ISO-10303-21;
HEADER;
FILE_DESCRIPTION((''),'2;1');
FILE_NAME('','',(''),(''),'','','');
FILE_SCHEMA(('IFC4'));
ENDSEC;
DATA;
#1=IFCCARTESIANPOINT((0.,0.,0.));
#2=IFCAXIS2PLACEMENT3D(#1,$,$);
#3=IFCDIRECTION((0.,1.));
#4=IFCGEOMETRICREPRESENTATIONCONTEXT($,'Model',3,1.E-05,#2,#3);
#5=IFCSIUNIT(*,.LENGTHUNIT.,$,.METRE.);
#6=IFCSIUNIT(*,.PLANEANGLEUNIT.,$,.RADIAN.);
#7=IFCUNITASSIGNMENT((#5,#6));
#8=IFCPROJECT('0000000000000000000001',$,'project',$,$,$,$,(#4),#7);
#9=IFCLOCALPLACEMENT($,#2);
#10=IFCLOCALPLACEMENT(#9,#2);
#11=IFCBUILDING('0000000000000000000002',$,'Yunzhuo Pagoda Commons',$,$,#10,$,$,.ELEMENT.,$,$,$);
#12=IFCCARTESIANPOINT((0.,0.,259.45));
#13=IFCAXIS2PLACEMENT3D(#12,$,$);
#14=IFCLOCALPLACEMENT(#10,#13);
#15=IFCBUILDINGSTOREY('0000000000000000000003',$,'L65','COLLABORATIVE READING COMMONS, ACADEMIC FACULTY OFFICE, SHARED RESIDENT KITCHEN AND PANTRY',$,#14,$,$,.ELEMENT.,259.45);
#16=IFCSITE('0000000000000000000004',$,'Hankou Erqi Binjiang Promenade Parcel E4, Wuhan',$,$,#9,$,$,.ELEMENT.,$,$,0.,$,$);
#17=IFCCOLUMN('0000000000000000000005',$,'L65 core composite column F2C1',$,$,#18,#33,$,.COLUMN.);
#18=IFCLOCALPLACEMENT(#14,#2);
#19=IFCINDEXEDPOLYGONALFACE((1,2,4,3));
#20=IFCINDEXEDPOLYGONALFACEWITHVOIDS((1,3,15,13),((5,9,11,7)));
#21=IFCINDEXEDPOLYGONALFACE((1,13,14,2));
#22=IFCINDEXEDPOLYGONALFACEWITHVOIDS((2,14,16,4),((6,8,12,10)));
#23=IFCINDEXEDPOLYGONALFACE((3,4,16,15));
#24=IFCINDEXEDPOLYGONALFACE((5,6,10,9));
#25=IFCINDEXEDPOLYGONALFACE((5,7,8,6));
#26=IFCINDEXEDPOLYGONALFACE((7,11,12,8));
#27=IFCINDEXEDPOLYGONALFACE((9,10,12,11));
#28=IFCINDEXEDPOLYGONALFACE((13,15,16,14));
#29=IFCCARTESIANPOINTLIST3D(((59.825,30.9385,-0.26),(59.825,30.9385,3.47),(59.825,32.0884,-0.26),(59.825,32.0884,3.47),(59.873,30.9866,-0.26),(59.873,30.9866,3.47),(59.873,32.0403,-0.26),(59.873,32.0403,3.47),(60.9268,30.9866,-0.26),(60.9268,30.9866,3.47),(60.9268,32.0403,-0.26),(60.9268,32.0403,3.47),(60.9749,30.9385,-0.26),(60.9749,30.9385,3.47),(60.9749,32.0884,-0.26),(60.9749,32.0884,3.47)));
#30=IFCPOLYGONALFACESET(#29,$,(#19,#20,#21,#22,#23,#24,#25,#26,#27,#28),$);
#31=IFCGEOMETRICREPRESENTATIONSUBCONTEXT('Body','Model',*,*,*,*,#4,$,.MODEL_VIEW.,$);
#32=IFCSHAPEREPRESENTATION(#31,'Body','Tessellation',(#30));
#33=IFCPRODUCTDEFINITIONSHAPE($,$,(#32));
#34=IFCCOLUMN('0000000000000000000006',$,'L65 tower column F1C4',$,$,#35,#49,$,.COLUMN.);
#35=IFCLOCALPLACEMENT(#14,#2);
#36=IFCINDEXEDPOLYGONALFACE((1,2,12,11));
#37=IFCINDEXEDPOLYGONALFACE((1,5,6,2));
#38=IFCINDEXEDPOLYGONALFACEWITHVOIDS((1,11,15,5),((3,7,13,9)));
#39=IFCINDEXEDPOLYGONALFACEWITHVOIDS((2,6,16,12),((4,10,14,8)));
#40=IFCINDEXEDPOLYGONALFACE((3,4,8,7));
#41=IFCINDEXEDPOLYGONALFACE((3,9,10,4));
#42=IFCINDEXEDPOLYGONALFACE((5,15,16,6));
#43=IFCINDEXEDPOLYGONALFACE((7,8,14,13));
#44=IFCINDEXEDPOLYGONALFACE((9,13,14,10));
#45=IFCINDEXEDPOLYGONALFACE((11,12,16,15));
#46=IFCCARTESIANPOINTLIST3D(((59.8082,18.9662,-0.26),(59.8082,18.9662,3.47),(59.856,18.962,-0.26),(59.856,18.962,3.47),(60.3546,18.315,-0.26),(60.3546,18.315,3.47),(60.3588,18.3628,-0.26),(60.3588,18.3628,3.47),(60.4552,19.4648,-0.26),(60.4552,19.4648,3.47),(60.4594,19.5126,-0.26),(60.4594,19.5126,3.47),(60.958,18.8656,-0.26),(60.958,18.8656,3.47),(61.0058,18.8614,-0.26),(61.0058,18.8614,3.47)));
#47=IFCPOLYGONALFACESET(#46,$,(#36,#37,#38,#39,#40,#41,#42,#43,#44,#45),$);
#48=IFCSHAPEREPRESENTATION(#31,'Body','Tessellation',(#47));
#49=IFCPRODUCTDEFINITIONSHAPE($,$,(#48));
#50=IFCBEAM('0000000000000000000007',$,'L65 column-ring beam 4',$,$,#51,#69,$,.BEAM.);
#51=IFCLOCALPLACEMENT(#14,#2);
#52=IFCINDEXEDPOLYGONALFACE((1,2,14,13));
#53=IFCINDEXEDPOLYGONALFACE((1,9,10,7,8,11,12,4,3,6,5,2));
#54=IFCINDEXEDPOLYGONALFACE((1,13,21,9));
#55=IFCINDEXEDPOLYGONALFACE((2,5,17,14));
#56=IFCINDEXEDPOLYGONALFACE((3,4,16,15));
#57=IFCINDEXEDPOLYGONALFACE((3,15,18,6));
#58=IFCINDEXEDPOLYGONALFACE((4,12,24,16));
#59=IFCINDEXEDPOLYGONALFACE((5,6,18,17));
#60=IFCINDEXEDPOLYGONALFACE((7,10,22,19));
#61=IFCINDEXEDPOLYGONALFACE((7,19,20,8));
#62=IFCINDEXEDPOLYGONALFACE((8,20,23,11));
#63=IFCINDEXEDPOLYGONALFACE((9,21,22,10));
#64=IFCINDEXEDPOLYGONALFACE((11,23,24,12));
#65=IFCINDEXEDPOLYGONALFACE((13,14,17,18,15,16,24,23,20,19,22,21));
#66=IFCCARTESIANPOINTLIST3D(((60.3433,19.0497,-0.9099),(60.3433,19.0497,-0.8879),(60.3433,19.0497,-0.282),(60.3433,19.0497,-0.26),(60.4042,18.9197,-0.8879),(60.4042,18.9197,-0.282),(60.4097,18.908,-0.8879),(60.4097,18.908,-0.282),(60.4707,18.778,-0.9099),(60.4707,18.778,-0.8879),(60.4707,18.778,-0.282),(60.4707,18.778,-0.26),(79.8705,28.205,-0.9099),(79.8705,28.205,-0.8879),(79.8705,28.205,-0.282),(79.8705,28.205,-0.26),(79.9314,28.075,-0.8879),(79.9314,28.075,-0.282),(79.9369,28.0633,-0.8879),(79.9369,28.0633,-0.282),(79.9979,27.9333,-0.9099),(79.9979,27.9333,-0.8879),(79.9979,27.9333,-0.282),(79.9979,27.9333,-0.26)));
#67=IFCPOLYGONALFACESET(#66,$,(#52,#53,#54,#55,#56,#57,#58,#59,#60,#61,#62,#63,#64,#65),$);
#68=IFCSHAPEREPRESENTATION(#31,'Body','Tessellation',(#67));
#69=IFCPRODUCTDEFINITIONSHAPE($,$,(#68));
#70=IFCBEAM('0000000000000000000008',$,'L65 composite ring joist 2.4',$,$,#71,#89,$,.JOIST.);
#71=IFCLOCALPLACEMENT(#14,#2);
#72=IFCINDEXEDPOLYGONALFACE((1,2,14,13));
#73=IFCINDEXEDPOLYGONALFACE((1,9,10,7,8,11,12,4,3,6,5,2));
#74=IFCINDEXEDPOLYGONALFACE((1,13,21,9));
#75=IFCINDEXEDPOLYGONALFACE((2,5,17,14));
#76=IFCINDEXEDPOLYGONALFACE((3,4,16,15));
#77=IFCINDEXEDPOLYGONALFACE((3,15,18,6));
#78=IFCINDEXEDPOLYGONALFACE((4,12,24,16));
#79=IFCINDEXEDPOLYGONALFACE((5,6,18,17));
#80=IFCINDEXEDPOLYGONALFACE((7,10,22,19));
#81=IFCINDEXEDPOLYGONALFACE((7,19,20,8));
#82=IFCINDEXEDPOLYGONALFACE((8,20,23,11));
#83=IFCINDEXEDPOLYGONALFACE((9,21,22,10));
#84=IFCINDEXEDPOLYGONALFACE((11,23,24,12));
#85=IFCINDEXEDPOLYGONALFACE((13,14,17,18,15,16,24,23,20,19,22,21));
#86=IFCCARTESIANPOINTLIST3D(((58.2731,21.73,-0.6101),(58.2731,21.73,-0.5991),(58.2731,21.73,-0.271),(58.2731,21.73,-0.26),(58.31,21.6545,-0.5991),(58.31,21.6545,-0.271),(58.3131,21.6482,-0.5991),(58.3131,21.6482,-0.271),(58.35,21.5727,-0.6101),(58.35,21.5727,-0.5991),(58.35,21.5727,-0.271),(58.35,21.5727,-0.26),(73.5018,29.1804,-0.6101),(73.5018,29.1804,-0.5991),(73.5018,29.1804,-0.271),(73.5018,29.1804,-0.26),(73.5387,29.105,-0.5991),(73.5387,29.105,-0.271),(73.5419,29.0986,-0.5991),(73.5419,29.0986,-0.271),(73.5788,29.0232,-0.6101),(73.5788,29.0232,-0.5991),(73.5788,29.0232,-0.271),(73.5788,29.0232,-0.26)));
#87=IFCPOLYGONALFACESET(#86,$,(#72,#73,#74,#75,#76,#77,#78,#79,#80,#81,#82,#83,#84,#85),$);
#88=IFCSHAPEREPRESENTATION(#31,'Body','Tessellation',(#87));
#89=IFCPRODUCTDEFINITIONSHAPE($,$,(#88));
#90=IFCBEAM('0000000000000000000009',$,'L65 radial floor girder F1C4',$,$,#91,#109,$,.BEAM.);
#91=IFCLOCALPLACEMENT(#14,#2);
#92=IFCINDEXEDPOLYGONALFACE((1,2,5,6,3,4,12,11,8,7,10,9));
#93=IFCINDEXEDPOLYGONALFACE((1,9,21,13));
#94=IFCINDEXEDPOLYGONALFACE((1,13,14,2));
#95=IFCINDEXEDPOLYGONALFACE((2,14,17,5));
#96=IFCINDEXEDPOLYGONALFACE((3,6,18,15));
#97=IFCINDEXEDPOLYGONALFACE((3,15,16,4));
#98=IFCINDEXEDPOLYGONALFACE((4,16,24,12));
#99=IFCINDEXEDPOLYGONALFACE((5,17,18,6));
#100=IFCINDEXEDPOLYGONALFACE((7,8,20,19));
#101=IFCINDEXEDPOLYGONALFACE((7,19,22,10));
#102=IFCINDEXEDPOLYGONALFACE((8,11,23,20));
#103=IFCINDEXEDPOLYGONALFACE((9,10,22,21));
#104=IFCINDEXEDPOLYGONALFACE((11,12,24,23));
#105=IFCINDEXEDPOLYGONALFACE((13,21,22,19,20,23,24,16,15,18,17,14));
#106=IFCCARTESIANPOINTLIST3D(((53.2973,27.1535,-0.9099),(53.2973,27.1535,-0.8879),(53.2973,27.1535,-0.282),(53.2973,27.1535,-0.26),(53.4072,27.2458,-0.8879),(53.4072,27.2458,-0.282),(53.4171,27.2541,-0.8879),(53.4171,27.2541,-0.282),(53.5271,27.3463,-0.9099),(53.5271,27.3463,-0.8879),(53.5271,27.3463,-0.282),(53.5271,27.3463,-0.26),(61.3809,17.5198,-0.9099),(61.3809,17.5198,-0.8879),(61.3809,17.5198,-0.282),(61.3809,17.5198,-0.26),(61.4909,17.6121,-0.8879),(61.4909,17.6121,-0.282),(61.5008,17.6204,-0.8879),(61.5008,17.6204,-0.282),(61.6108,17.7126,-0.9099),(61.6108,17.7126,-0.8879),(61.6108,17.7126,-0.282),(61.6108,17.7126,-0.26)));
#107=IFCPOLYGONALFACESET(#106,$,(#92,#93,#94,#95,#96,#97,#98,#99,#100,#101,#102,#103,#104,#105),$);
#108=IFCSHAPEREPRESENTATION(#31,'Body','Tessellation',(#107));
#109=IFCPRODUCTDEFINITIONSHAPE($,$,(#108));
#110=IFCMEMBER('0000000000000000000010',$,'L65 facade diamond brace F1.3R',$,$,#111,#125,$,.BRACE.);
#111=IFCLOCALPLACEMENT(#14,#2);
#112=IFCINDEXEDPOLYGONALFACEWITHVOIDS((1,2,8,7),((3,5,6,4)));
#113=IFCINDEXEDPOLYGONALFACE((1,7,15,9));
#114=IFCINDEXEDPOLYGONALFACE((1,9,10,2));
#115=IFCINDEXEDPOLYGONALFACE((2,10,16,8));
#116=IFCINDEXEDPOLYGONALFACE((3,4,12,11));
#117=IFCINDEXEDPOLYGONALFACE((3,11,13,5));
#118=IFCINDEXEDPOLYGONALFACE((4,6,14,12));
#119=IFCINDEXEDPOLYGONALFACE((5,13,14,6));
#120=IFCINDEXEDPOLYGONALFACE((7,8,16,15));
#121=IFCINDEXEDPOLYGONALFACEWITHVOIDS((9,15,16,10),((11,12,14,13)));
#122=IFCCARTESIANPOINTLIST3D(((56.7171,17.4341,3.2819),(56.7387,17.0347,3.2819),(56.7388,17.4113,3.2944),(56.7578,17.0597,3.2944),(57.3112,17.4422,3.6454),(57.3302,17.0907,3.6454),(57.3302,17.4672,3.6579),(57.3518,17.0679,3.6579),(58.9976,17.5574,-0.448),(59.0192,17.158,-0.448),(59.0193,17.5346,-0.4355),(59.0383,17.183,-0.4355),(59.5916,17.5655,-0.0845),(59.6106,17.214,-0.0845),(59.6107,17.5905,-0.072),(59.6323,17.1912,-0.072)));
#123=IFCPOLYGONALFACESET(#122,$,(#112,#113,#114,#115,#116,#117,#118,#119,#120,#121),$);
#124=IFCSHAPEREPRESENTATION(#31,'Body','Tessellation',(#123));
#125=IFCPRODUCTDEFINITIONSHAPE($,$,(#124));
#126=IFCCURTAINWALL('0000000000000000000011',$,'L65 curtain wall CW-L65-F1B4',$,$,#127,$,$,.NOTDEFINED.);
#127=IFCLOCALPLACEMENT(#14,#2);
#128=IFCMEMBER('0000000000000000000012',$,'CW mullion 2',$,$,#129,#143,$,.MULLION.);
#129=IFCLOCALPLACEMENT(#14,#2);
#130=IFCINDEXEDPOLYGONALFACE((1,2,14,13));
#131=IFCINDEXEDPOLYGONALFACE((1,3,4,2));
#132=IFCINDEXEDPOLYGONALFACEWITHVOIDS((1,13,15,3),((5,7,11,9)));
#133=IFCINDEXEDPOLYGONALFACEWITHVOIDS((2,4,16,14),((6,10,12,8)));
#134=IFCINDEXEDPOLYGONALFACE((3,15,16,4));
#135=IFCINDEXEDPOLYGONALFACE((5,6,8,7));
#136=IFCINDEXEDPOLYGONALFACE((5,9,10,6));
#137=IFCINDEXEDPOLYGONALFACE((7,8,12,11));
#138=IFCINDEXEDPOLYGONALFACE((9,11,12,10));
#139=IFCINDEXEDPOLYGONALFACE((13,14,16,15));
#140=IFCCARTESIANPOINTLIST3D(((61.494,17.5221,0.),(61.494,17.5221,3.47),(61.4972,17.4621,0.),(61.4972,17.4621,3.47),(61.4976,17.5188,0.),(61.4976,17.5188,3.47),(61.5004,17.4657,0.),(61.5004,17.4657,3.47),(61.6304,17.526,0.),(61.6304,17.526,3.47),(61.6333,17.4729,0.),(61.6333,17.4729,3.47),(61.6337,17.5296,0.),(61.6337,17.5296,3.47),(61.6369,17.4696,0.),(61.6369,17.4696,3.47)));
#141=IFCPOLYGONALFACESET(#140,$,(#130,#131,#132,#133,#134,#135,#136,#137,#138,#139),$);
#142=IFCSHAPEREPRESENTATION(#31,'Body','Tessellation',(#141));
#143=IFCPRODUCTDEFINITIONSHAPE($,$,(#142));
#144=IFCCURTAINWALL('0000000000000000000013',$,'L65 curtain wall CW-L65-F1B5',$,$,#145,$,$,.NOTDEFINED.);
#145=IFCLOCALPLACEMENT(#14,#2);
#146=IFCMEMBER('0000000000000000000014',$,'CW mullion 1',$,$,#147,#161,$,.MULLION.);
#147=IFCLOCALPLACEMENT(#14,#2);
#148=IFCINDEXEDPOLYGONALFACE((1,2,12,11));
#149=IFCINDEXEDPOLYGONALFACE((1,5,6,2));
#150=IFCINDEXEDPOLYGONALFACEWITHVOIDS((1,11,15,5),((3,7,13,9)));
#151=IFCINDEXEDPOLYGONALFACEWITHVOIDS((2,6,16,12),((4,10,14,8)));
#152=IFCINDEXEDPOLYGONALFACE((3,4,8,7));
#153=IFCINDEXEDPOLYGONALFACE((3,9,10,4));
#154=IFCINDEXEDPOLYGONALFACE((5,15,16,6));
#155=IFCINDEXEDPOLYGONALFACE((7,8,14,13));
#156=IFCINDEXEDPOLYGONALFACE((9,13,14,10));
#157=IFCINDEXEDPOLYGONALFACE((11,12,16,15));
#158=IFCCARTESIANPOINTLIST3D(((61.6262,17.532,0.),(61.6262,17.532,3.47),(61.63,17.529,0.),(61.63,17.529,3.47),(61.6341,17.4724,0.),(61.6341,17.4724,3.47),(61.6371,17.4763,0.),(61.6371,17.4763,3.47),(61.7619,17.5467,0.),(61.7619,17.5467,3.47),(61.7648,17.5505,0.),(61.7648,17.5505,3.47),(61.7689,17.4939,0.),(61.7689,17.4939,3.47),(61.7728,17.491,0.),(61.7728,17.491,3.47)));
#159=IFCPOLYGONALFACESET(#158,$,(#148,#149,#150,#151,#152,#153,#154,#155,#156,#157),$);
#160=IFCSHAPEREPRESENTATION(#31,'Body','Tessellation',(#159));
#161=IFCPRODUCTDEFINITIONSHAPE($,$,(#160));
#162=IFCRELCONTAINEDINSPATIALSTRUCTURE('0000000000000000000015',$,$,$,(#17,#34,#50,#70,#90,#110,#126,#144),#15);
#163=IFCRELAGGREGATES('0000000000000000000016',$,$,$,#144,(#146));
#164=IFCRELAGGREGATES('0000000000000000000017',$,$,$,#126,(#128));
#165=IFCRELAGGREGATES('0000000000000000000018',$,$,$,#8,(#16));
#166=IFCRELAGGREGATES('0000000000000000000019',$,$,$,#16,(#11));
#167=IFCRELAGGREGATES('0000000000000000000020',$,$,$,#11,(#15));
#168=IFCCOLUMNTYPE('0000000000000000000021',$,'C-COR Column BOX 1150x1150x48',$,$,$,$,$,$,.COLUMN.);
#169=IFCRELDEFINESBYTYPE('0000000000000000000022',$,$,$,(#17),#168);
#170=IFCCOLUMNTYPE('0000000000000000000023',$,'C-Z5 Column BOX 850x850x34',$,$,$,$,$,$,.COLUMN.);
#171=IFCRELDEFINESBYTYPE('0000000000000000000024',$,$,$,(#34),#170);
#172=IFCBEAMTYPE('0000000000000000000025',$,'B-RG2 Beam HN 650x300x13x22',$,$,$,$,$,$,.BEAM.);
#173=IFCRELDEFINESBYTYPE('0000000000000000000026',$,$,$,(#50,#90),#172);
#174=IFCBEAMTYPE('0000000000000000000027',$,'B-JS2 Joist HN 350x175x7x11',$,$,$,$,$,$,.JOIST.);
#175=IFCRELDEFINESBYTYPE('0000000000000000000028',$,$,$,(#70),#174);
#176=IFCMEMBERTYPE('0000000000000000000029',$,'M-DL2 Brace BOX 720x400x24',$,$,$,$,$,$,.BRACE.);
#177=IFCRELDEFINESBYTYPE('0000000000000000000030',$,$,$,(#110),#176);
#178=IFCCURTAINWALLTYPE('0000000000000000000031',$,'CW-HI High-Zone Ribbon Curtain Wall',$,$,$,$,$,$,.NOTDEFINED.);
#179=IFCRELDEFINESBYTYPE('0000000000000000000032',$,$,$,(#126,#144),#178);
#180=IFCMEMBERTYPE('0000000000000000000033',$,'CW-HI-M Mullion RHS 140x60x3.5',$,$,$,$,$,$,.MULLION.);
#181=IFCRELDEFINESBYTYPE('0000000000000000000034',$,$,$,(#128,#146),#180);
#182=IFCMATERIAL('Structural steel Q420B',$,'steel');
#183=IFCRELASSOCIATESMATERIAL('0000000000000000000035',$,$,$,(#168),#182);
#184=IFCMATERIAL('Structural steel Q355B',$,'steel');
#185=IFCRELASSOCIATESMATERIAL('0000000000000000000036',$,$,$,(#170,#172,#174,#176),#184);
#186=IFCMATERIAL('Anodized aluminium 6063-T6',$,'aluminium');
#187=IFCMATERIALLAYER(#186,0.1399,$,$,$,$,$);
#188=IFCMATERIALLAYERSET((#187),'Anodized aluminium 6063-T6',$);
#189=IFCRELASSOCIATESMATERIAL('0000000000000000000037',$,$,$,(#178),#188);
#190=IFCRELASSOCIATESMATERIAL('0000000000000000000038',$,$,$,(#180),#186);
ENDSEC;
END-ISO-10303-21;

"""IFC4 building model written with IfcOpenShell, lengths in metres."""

from ifc_helpers import new_model, si_unit, direction, frame, origin, origin_2d, place, context, subcontext, project, spatial, hollow_rectangle, i_section, extrude, source, transform, mapped, material, layer, layer_set, material_profile, profile_set, type_object, element, aggregate, save


model = new_model("IFC4")

# Units and contexts
model_context = context("Model", 3, precision=1e-05, world=origin(), true_north=direction((0.0, 1.0)))
body_context = subcontext(model_context, "Body", "Model", "MODEL_VIEW")
ifc_project = project(units=[si_unit("LENGTHUNIT", "METRE"), si_unit("PLANEANGLEUNIT", "RADIAN")], contexts=[model_context])

# Site, building, storey
site_placement = place(None, origin())
site = spatial("IfcSite", under=ifc_project, at=site_placement, Name="Hankou Erqi Binjiang Promenade Parcel E4, Wuhan", CompositionType="ELEMENT", RefElevation=0.0)
building_placement = place(site_placement, origin())
building = spatial("IfcBuilding", under=site, at=building_placement, Name="Yunzhuo Pagoda Commons", CompositionType="ELEMENT")
storey_placement = place(building_placement, frame((0.0, 0.0, 259.45)))
storey = spatial("IfcBuildingStorey", under=building, at=storey_placement, Name="L65", Description="COLLABORATIVE READING COMMONS, ACADEMIC FACULTY OFFICE, SHARED RESIDENT KITCHEN AND PANTRY", CompositionType="ELEMENT", Elevation=259.45)

# Columns
ifc_material_1 = material(Name="Structural steel Q420B", Category="steel")
ifc_material_profile_1 = material_profile(ifc_material_1, hollow_rectangle(XDim=1.1499, YDim=1.1499, WallThickness=0.0481, at=origin_2d()), Name="Structural steel Q420B")
ifc_profile_set_1 = profile_set([ifc_material_profile_1], Name="Structural steel Q420B")
column_type_1 = type_object("IfcColumnType", Name="C-COR Column BOX 1150x1150x48", PredefinedType="COLUMN", material=ifc_profile_set_1)
shared_shape_1 = source(origin(), body_context, "Body", "SweptSolid", [
    extrude(hollow_rectangle(XDim=1.1499, YDim=1.1499, WallThickness=0.0481, at=origin_2d()), origin(), (0.0, 0.0, 1.0), 3.73),
])
column_1_placement = place(storey_placement, frame((60.3999, 31.5134, -0.26), z_axis=(0.0, 0.0, 1.0), x_axis=(1.0, 0.0, 0.0)))
element("IfcColumn", 1, at=column_1_placement, inside=storey, type_object=column_type_1, Name="L65 core composite column F2C1", PredefinedType="COLUMN", context=body_context, shape_type="MappedRepresentation", body=[
    mapped(shared_shape_1, transform((0.0, 0.0, 0.0), scale=1.0)),
])
ifc_material_2 = material(Name="Structural steel Q355B", Category="steel")
ifc_material_profile_2 = material_profile(ifc_material_2, hollow_rectangle(XDim=0.8501, YDim=0.8501, WallThickness=0.0339, at=origin_2d()), Name="Structural steel Q355B")
ifc_profile_set_2 = profile_set([ifc_material_profile_2], Name="Structural steel Q355B")
column_type_2 = type_object("IfcColumnType", Name="C-Z5 Column BOX 850x850x34", PredefinedType="COLUMN", material=ifc_profile_set_2)
shared_shape_2 = source(origin(), body_context, "Body", "SweptSolid", [
    extrude(hollow_rectangle(XDim=0.8501, YDim=0.8501, WallThickness=0.0339, at=origin_2d()), origin(), (0.0, 0.0, 1.0), 3.73),
])
column_2_placement = place(storey_placement, frame((60.407, 18.9138, -0.26), z_axis=(0.0, 0.0, 1.0), x_axis=(0.766044, 0.642788, 0.0)))
element("IfcColumn", 2, at=column_2_placement, inside=storey, type_object=column_type_2, Name="L65 tower column F1C4", PredefinedType="COLUMN", context=body_context, shape_type="MappedRepresentation", body=[
    mapped(shared_shape_2, transform((0.0, 0.0, 0.0), scale=1.0)),
])

# Beams
ifc_material_profile_3 = material_profile(ifc_material_2, i_section(OverallWidth=0.3, OverallDepth=0.6499, WebThickness=0.0129, FlangeThickness=0.022, at=origin_2d()), Name="Structural steel Q355B")
ifc_profile_set_3 = profile_set([ifc_material_profile_3], Name="Structural steel Q355B")
beam_type_1 = type_object("IfcBeamType", Name="B-RG2 Beam HN 650x300x13x22", PredefinedType="BEAM", material=ifc_profile_set_3)
shared_shape_3 = source(origin(), body_context, "Body", "SweptSolid", [
    extrude(i_section(OverallWidth=0.3, OverallDepth=0.6499, WebThickness=0.0129, FlangeThickness=0.022, at=origin_2d()), origin(), (0.0, 0.0, 1.0), 21.5669),
])
beam_1_placement = place(storey_placement, frame((60.407, 18.9138, -0.585), z_axis=(0.905424, 0.424508, 0.0), x_axis=(-0.424508, 0.905424, 0.0)))
element("IfcBeam", 3, at=beam_1_placement, inside=storey, type_object=beam_type_1, Name="L65 column-ring beam 4", PredefinedType="BEAM", context=body_context, shape_type="MappedRepresentation", body=[
    mapped(shared_shape_3, transform((0.0, 0.0, 0.0), scale=1.0)),
])
ifc_material_profile_4 = material_profile(ifc_material_2, i_section(OverallWidth=0.175, OverallDepth=0.3501, WebThickness=0.0071, FlangeThickness=0.011, at=origin_2d()), Name="Structural steel Q355B")
ifc_profile_set_4 = profile_set([ifc_material_profile_4], Name="Structural steel Q355B")
beam_type_2 = type_object("IfcBeamType", Name="B-JS2 Joist HN 350x175x7x11", PredefinedType="JOIST", material=ifc_profile_set_4)
shared_shape_4 = source(origin(), body_context, "Body", "SweptSolid", [
    extrude(i_section(OverallWidth=0.175, OverallDepth=0.3501, WebThickness=0.0071, FlangeThickness=0.011, at=origin_2d()), origin(), (0.0, 0.0, 1.0), 16.9536),
])
beam_2_placement = place(storey_placement, frame((58.3115, 21.6514, -0.4351), z_axis=(0.898262, 0.439461, 0.0), x_axis=(-0.439461, 0.898262, 0.0)))
element("IfcBeam", 4, at=beam_2_placement, inside=storey, type_object=beam_type_2, Name="L65 composite ring joist 2.4", PredefinedType="JOIST", context=body_context, shape_type="MappedRepresentation", body=[
    mapped(shared_shape_4, transform((0.0, 0.0, 0.0), scale=1.0)),
])
shared_shape_5 = source(origin(), body_context, "Body", "SweptSolid", [
    extrude(i_section(OverallWidth=0.3, OverallDepth=0.6499, WebThickness=0.0129, FlangeThickness=0.022, at=origin_2d()), origin(), (0.0, 0.0, 1.0), 12.5759),
])
beam_3_placement = place(storey_placement, frame((61.4958, 17.6162, -0.585), z_axis=(-0.642789, 0.766043, 0.0), x_axis=(-0.766043, -0.642789, 0.0)))
element("IfcBeam", 5, at=beam_3_placement, inside=storey, type_object=beam_type_1, Name="L65 radial floor girder F1C4", PredefinedType="BEAM", context=body_context, shape_type="MappedRepresentation", body=[
    mapped(shared_shape_5, transform((0.0, 0.0, 0.0), scale=1.0)),
])

# Member
ifc_material_profile_5 = material_profile(ifc_material_2, hollow_rectangle(XDim=0.3999, YDim=0.72, WallThickness=0.0239, at=origin_2d()), Name="Structural steel Q355B")
ifc_profile_set_5 = profile_set([ifc_material_profile_5], Name="Structural steel Q355B")
member_type_1 = type_object("IfcMemberType", Name="M-DL2 Brace BOX 720x400x24", PredefinedType="BRACE", material=ifc_profile_set_5)
shared_shape_6 = source(origin(), body_context, "Body", "SweptSolid", [
    extrude(hollow_rectangle(XDim=0.3999, YDim=0.72, WallThickness=0.0239, at=origin_2d()), origin(), (0.0, 0.0, 1.0), 4.3735),
])
member_1_placement = place(storey_placement, frame((59.3149, 17.3743, -0.26), z_axis=(-0.521423, -0.02819, 0.852832), x_axis=(0.053984, -0.998542, 0.0)))
element("IfcMember", 6, at=member_1_placement, inside=storey, type_object=member_type_1, Name="L65 facade diamond brace F1.3R", PredefinedType="BRACE", context=body_context, shape_type="MappedRepresentation", body=[
    mapped(shared_shape_6, transform((0.0, 0.0, 0.0), scale=1.0)),
])

# Curtain wall, member
ifc_material_3 = material(Name="Anodized aluminium 6063-T6", Category="aluminium")
ifc_layer_1 = layer(ifc_material_3, 0.1399)
ifc_layer_set_1 = layer_set([ifc_layer_1], Name="Anodized aluminium 6063-T6")
curtain_wall_type = type_object("IfcCurtainWallType", Name="CW-HI High-Zone Ribbon Curtain Wall", PredefinedType="NOTDEFINED", material=ifc_layer_set_1)
curtain_wall_1_placement = place(storey_placement, origin())
curtain_wall_1 = element("IfcCurtainWall", 7, at=curtain_wall_1_placement, inside=storey, type_object=curtain_wall_type, Name="L65 curtain wall CW-L65-F1B4", PredefinedType="NOTDEFINED")
ifc_material_profile_6 = material_profile(ifc_material_3, hollow_rectangle(XDim=0.0601, YDim=0.1399, WallThickness=0.0034, at=origin_2d()), Name="Anodized aluminium 6063-T6")
ifc_profile_set_6 = profile_set([ifc_material_profile_6], Name="Anodized aluminium 6063-T6")
member_type_2 = type_object("IfcMemberType", Name="CW-HI-M Mullion RHS 140x60x3.5", PredefinedType="MULLION", material=ifc_profile_set_6)
shared_shape_7 = source(origin(), body_context, "Body", "SweptSolid", [
    extrude(hollow_rectangle(XDim=0.0601, YDim=0.1399, WallThickness=0.0034, at=origin_2d()), origin(), (0.0, 0.0, 1.0), 3.47),
])
member_2_placement = place(storey_placement, frame((61.5654, 17.4958, 0.0), z_axis=(0.0, 0.0, 1.0), x_axis=(-0.053989, 0.998542, 0.0)))
member_2 = element("IfcMember", 8, at=member_2_placement, type_object=member_type_2, Name="CW mullion 2", PredefinedType="MULLION", context=body_context, shape_type="MappedRepresentation", body=[
    mapped(shared_shape_7, transform((0.0, 0.0, 0.0), scale=1.0)),
])

# Curtain wall, member
curtain_wall_2_placement = place(storey_placement, origin())
curtain_wall_2 = element("IfcCurtainWall", 9, at=curtain_wall_2_placement, inside=storey, type_object=curtain_wall_type, Name="L65 curtain wall CW-L65-F1B5", PredefinedType="NOTDEFINED")
member_3_placement = place(storey_placement, frame((61.6995, 17.5115, 0.0), z_axis=(0.0, 0.0, 1.0), x_axis=(-0.132664, 0.991161, 0.0)))
member_3 = element("IfcMember", 10, at=member_3_placement, type_object=member_type_2, Name="CW mullion 1", PredefinedType="MULLION", context=body_context, shape_type="MappedRepresentation", body=[
    mapped(shared_shape_7, transform((0.0, 0.0, 0.0), scale=1.0)),
])
aggregate(curtain_wall_2, [member_3])

aggregate(curtain_wall_1, [member_2])

save(model, "model.ifc")
